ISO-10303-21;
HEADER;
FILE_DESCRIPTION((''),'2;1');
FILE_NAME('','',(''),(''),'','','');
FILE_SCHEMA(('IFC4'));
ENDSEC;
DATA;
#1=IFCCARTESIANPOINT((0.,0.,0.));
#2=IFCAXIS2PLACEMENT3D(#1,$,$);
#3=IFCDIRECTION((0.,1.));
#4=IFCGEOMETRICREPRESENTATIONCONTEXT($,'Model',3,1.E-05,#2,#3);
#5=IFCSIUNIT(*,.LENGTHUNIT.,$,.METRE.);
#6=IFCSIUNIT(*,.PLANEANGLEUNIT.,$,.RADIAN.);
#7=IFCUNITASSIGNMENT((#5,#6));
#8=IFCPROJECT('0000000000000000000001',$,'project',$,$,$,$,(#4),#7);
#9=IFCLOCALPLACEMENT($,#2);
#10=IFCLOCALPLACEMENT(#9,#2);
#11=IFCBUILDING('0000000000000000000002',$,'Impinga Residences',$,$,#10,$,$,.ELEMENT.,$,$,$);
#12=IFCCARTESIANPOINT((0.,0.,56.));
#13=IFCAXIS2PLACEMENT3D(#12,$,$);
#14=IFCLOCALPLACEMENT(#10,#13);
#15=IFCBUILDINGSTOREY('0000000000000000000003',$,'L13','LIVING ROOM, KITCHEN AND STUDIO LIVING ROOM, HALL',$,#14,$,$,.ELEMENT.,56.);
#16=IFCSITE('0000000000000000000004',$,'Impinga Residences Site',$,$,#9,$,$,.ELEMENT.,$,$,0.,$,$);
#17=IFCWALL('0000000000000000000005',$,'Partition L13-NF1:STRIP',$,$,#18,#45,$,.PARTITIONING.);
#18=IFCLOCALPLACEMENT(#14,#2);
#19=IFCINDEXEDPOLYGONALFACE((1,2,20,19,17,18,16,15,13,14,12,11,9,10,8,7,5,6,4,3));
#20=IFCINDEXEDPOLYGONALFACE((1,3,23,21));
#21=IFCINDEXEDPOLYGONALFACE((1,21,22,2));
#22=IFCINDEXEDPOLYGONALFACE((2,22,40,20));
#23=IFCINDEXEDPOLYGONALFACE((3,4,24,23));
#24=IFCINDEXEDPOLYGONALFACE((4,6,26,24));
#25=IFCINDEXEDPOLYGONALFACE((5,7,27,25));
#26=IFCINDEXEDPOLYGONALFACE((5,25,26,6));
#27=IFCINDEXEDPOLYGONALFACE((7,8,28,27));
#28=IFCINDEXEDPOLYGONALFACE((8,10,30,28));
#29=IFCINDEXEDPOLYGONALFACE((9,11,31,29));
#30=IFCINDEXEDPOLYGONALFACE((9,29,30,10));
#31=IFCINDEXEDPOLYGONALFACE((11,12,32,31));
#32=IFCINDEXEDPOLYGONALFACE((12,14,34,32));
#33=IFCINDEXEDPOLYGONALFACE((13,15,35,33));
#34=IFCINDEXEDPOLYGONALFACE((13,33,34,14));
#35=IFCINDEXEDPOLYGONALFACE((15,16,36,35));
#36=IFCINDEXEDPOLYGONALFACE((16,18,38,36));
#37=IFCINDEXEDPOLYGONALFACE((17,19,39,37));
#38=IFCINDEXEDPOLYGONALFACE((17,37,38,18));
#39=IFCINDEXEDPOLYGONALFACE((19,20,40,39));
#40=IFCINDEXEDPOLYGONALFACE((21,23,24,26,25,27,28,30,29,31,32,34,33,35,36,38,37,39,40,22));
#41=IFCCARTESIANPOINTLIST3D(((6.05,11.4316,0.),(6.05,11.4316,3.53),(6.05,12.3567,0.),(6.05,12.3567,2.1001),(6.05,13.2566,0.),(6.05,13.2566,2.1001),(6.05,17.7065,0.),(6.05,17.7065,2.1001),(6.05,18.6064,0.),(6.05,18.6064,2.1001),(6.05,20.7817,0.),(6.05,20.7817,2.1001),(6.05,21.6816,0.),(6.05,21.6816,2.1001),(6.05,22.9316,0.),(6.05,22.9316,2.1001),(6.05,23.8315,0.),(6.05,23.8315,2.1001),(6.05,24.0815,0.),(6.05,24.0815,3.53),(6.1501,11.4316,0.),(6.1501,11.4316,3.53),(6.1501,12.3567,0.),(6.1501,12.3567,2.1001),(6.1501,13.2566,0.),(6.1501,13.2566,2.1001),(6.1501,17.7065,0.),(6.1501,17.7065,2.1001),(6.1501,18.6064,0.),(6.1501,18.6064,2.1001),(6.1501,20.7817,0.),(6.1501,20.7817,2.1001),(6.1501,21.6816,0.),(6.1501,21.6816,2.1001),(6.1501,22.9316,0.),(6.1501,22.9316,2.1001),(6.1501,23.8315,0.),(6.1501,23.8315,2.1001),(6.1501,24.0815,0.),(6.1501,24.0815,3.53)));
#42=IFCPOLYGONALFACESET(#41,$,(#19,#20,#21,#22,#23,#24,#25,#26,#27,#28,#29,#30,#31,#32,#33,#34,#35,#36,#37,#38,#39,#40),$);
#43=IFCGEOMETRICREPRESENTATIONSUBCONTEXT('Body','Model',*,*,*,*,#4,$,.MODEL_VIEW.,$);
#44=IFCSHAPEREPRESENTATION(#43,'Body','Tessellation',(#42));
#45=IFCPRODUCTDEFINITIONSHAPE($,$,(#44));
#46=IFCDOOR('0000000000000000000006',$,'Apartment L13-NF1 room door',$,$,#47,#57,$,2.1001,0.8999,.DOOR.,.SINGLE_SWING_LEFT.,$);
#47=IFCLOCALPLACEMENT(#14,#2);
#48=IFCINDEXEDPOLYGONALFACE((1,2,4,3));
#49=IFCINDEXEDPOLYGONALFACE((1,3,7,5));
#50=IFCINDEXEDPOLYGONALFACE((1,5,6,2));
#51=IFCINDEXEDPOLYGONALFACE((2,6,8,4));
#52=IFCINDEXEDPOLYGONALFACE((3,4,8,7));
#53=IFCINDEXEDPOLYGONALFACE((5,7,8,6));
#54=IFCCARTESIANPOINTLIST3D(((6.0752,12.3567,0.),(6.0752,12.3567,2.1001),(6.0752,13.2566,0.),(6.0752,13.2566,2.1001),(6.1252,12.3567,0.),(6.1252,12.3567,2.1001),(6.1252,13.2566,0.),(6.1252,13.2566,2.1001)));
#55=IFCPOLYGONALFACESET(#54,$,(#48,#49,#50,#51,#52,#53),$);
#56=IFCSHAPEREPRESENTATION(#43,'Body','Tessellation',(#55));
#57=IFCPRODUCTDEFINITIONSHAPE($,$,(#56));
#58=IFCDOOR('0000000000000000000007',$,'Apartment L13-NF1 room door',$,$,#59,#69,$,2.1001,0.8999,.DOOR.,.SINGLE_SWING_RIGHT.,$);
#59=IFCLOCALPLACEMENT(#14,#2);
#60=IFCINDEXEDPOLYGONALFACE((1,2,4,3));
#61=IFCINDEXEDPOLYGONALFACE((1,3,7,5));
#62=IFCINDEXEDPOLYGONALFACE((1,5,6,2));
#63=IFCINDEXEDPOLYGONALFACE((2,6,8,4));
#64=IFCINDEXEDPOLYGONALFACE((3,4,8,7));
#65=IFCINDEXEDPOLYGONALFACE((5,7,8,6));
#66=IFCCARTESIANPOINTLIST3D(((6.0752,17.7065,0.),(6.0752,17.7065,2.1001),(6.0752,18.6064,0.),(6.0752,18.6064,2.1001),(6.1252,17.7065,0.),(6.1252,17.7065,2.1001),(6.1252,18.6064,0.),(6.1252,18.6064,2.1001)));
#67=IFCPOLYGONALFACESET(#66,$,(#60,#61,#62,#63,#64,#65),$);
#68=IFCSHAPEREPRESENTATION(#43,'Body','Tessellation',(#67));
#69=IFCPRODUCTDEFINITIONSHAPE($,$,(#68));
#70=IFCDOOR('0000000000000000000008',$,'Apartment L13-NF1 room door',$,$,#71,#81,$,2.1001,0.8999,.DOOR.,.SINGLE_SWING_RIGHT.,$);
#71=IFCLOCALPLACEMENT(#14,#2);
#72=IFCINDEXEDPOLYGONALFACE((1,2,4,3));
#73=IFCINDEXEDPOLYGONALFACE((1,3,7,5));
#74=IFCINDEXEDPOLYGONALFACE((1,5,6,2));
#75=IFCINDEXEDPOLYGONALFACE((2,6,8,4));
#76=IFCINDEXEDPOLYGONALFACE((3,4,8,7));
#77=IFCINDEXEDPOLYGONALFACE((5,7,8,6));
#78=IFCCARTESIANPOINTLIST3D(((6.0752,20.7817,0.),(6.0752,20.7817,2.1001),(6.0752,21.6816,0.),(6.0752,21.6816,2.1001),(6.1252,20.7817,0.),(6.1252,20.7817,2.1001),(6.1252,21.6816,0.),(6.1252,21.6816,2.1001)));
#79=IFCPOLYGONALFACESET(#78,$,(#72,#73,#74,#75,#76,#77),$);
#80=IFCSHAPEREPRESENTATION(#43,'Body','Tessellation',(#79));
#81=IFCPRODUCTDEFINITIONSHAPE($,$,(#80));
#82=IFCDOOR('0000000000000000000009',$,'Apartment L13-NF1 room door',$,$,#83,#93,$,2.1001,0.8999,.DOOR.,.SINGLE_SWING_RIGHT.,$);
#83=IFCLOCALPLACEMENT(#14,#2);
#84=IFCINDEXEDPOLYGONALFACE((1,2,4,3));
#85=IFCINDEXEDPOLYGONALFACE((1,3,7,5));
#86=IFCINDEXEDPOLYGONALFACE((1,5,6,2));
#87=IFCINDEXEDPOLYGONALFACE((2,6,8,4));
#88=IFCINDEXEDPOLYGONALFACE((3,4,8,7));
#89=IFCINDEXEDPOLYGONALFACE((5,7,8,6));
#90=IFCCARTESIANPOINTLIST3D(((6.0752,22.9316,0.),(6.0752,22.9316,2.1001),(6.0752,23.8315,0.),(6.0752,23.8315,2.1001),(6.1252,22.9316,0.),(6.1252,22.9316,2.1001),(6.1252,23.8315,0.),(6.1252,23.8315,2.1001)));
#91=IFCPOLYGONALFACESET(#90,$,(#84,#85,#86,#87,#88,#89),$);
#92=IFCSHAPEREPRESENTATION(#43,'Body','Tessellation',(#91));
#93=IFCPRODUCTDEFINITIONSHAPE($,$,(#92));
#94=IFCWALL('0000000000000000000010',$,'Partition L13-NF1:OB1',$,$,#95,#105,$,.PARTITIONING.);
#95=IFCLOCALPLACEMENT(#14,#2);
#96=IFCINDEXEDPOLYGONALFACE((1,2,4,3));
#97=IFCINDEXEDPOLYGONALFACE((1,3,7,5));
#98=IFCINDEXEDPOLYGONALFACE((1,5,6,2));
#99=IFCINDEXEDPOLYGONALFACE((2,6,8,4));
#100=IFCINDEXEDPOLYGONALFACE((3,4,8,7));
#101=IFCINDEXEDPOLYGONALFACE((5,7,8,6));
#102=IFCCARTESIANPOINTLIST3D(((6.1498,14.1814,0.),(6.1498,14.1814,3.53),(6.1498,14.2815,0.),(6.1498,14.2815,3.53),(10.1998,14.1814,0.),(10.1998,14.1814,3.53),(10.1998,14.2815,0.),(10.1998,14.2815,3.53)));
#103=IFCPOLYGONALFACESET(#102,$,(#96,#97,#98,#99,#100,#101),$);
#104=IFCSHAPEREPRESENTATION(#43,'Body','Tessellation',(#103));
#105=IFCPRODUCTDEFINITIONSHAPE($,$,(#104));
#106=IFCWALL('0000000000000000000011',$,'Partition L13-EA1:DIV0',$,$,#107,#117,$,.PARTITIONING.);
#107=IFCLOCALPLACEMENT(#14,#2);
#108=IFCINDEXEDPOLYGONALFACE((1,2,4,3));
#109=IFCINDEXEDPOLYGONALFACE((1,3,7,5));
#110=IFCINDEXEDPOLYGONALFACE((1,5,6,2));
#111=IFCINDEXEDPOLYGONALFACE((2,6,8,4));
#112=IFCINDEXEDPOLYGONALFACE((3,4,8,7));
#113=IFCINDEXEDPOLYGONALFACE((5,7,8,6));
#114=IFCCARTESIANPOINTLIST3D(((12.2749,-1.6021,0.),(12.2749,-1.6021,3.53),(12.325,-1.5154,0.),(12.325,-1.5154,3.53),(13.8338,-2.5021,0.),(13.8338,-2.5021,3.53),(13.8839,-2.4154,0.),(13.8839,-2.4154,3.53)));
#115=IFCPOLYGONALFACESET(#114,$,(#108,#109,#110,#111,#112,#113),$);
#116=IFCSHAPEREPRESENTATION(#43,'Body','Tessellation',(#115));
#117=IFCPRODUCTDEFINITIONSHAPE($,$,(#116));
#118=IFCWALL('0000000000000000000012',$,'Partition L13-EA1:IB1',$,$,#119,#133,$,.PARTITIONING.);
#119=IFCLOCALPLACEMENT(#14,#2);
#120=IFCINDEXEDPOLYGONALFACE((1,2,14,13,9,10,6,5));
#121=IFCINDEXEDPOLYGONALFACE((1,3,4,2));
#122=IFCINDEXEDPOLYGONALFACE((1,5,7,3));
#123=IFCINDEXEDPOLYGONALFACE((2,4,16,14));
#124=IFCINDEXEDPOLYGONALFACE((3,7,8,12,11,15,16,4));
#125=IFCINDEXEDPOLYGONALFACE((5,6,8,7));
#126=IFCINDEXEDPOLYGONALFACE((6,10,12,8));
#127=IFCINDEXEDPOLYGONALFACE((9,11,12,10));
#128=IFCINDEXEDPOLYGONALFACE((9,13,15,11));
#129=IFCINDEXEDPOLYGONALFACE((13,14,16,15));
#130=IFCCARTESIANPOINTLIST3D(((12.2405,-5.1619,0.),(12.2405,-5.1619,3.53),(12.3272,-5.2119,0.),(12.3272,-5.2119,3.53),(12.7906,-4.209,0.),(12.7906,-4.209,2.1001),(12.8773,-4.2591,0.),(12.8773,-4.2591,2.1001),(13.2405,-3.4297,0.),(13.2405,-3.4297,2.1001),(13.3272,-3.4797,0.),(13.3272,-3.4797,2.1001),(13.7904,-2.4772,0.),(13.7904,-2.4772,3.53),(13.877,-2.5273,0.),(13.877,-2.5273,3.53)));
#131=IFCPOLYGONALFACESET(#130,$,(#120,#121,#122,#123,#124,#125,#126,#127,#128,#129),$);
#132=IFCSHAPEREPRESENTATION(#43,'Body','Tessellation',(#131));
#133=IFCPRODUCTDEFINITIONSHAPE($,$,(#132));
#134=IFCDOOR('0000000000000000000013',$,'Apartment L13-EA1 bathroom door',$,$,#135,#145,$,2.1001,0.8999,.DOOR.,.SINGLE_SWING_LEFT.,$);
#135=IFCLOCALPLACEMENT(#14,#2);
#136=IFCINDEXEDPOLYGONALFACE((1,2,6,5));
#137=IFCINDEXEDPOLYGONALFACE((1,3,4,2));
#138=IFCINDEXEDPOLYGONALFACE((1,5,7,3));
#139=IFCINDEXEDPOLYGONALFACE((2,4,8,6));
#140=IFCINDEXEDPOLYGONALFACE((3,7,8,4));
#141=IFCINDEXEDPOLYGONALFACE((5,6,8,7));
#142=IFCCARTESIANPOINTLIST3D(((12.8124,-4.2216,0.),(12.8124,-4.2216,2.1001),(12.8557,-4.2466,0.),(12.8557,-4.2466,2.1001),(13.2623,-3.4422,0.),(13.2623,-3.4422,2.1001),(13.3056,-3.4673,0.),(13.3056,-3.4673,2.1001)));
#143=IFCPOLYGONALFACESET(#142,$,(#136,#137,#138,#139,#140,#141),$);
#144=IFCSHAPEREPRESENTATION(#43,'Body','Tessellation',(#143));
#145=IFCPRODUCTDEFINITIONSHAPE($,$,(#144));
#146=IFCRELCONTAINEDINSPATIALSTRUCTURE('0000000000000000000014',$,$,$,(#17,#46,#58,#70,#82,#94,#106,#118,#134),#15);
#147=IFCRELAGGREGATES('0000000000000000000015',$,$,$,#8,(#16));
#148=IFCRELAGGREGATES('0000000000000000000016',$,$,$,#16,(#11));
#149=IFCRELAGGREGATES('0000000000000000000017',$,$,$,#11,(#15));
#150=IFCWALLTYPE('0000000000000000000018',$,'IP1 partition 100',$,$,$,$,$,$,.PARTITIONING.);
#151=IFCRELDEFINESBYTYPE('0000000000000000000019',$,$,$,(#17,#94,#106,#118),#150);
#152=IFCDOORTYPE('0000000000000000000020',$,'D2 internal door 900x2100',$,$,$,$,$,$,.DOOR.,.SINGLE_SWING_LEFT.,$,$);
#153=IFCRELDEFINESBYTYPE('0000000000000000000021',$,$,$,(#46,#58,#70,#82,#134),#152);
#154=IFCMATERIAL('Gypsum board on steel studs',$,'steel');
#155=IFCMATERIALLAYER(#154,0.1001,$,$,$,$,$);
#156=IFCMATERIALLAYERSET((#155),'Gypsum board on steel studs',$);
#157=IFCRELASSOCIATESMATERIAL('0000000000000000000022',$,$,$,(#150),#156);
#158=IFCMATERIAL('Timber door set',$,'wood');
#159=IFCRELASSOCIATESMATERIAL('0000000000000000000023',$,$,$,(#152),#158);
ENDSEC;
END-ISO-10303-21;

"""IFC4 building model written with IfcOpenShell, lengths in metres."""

from ifc_helpers import new_model, si_unit, direction, frame, frame_2d, origin, place, context, subcontext, project, spatial, rectangle, extrude, material, layer, layer_set, type_object, element, fill, save


model = new_model("IFC4")

# Units and contexts
model_context = context("Model", 3, precision=1e-05, world=origin(), true_north=direction((0.0, 1.0)))
body_context = subcontext(model_context, "Body", "Model", "MODEL_VIEW")
ifc_project = project(units=[si_unit("LENGTHUNIT", "METRE"), si_unit("PLANEANGLEUNIT", "RADIAN")], contexts=[model_context])

# Site, building, storey
site_placement = place(None, origin())
site = spatial("IfcSite", under=ifc_project, at=site_placement, Name="Impinga Residences Site", CompositionType="ELEMENT", RefElevation=0.0)
building_placement = place(site_placement, origin())
building = spatial("IfcBuilding", under=site, at=building_placement, Name="Impinga Residences", CompositionType="ELEMENT")
storey_placement = place(building_placement, frame((0.0, 0.0, 56.0)))
storey = spatial("IfcBuildingStorey", under=building, at=storey_placement, Name="L13", Description="LIVING ROOM, KITCHEN AND STUDIO LIVING ROOM, HALL", CompositionType="ELEMENT", Elevation=56.0)

# Shared definitions
ifc_material_1 = material(Name="Timber door set", Category="wood")

# Wall, openings, doors
ifc_material_2 = material(Name="Gypsum board on steel studs", Category="steel")
ifc_layer_1 = layer(ifc_material_2, 0.1001)
ifc_layer_set_1 = layer_set([ifc_layer_1], Name="Gypsum board on steel studs")
wall_type_1 = type_object("IfcWallType", Name="IP1 partition 100", PredefinedType="PARTITIONING", material=ifc_layer_set_1)
wall_1_placement = place(storey_placement, frame((6.1001, 11.4316, 0.0), z_axis=(0.0, 0.0, 1.0), x_axis=(0.0, 1.0, 0.0)))
wall_1 = element("IfcWall", 1, at=wall_1_placement, inside=storey, type_object=wall_type_1, Name="Partition L13-NF1:STRIP", PredefinedType="PARTITIONING", context=body_context, shape_type="SweptSolid", body=[
    extrude(rectangle(XDim=12.6499, YDim=0.1001, at=frame_2d((6.325, 0.0))), origin(), (0.0, 0.0, 1.0), 3.53),
])
opening_1_placement = place(wall_1_placement, frame((0.925, 0.0, 0.0)))
opening_1 = element("IfcOpeningElement", 2, at=opening_1_placement, cuts=wall_1, PredefinedType="OPENING", context=body_context, shape_type="SweptSolid", body=[
    extrude(rectangle(XDim=0.8999, YDim=2.1001, at=frame_2d((0.45, 1.05))), frame((0.0, 0.0601, 0.0), z_axis=(0.0, -1.0, 0.0), x_axis=(1.0, 0.0, 0.0)), (0.0, 0.0, 1.0), 0.1201),
])
opening_2_placement = place(wall_1_placement, frame((6.2749, 0.0, 0.0)))
opening_2 = element("IfcOpeningElement", 3, at=opening_2_placement, cuts=wall_1, PredefinedType="OPENING", context=body_context, shape_type="SweptSolid", body=[
    extrude(rectangle(XDim=0.8999, YDim=2.1001, at=frame_2d((0.45, 1.05))), frame((0.0, 0.0601, 0.0), z_axis=(0.0, -1.0, 0.0), x_axis=(1.0, 0.0, 0.0)), (0.0, 0.0, 1.0), 0.1201),
])
opening_3_placement = place(wall_1_placement, frame((9.3501, 0.0, 0.0)))
opening_3 = element("IfcOpeningElement", 4, at=opening_3_placement, cuts=wall_1, PredefinedType="OPENING", context=body_context, shape_type="SweptSolid", body=[
    extrude(rectangle(XDim=0.8999, YDim=2.1001, at=frame_2d((0.45, 1.05))), frame((0.0, 0.0601, 0.0), z_axis=(0.0, -1.0, 0.0), x_axis=(1.0, 0.0, 0.0)), (0.0, 0.0, 1.0), 0.1201),
])
opening_4_placement = place(wall_1_placement, frame((11.5, 0.0, 0.0)))
opening_4 = element("IfcOpeningElement", 5, at=opening_4_placement, cuts=wall_1, PredefinedType="OPENING", context=body_context, shape_type="SweptSolid", body=[
    extrude(rectangle(XDim=0.8999, YDim=2.1001, at=frame_2d((0.45, 1.05))), frame((0.0, 0.0601, 0.0), z_axis=(0.0, -1.0, 0.0), x_axis=(1.0, 0.0, 0.0)), (0.0, 0.0, 1.0), 0.1201),
])
door_type_1 = type_object("IfcDoorType", Name="D2 internal door 900x2100", OperationType="SINGLE_SWING_LEFT", PredefinedType="DOOR", material=ifc_material_1)
door_1_placement = place(opening_1_placement, origin())
door_1 = element("IfcDoor", 6, at=door_1_placement, inside=storey, type_object=door_type_1, Name="Apartment L13-NF1 room door", OperationType="SINGLE_SWING_LEFT", OverallHeight=2.1001, OverallWidth=0.8999, PredefinedType="DOOR", context=body_context, shape_type="SweptSolid", body=[
    extrude(rectangle(XDim=0.8999, YDim=2.1001, at=frame_2d((0.45, 1.05))), frame((0.0, 0.0249, 0.0), z_axis=(0.0, -1.0, 0.0), x_axis=(1.0, 0.0, 0.0)), (0.0, 0.0, 1.0), 0.05),
])
fill(opening_1, door_1)
door_2_placement = place(opening_2_placement, origin())
door_2 = element("IfcDoor", 7, at=door_2_placement, inside=storey, type_object=door_type_1, Name="Apartment L13-NF1 room door", OperationType="SINGLE_SWING_RIGHT", OverallHeight=2.1001, OverallWidth=0.8999, PredefinedType="DOOR", context=body_context, shape_type="SweptSolid", body=[
    extrude(rectangle(XDim=0.8999, YDim=2.1001, at=frame_2d((0.45, 1.05))), frame((0.0, 0.0249, 0.0), z_axis=(0.0, -1.0, 0.0), x_axis=(1.0, 0.0, 0.0)), (0.0, 0.0, 1.0), 0.05),
])
fill(opening_2, door_2)
door_3_placement = place(opening_3_placement, origin())
door_3 = element("IfcDoor", 8, at=door_3_placement, inside=storey, type_object=door_type_1, Name="Apartment L13-NF1 room door", OperationType="SINGLE_SWING_RIGHT", OverallHeight=2.1001, OverallWidth=0.8999, PredefinedType="DOOR", context=body_context, shape_type="SweptSolid", body=[
    extrude(rectangle(XDim=0.8999, YDim=2.1001, at=frame_2d((0.45, 1.05))), frame((0.0, 0.0249, 0.0), z_axis=(0.0, -1.0, 0.0), x_axis=(1.0, 0.0, 0.0)), (0.0, 0.0, 1.0), 0.05),
])
fill(opening_3, door_3)
door_4_placement = place(opening_4_placement, origin())
door_4 = element("IfcDoor", 9, at=door_4_placement, inside=storey, type_object=door_type_1, Name="Apartment L13-NF1 room door", OperationType="SINGLE_SWING_RIGHT", OverallHeight=2.1001, OverallWidth=0.8999, PredefinedType="DOOR", context=body_context, shape_type="SweptSolid", body=[
    extrude(rectangle(XDim=0.8999, YDim=2.1001, at=frame_2d((0.45, 1.05))), frame((0.0, 0.0249, 0.0), z_axis=(0.0, -1.0, 0.0), x_axis=(1.0, 0.0, 0.0)), (0.0, 0.0, 1.0), 0.05),
])
fill(opening_4, door_4)

# Walls
wall_2_placement = place(storey_placement, frame((6.1499, 14.2314, 0.0), z_axis=(0.0, 0.0, 1.0), x_axis=(1.0, 0.0, 0.0)))
element("IfcWall", 10, at=wall_2_placement, inside=storey, type_object=wall_type_1, Name="Partition L13-NF1:OB1", PredefinedType="PARTITIONING", context=body_context, shape_type="SweptSolid", body=[
    extrude(rectangle(XDim=4.05, YDim=0.1001, at=frame_2d((2.0249, 0.0))), origin(), (0.0, 0.0, 1.0), 3.53),
])
wall_3_placement = place(storey_placement, frame((12.3, -1.5588, 0.0), z_axis=(0.0, 0.0, 1.0), x_axis=(0.866048, -0.499961, 0.0)))
element("IfcWall", 11, at=wall_3_placement, inside=storey, type_object=wall_type_1, Name="Partition L13-EA1:DIV0", PredefinedType="PARTITIONING", context=body_context, shape_type="SweptSolid", body=[
    extrude(rectangle(XDim=1.8, YDim=0.1001, at=frame_2d((0.8999, 0.0))), origin(), (0.0, 0.0, 1.0), 3.53),
])

# Wall, opening, door
wall_4_placement = place(storey_placement, frame((12.2839, -5.1868, 0.0), z_axis=(0.0, 0.0, 1.0), x_axis=(0.499968, 0.866044, 0.0)))
wall_4 = element("IfcWall", 12, at=wall_4_placement, inside=storey, type_object=wall_type_1, Name="Partition L13-EA1:IB1", PredefinedType="PARTITIONING", context=body_context, shape_type="SweptSolid", body=[
    extrude(rectangle(XDim=3.0999, YDim=0.1001, at=frame_2d((1.5498, 0.0))), origin(), (0.0, 0.0, 1.0), 3.53),
])
opening_5_placement = place(wall_4_placement, frame((1.1001, 0.0, 0.0)))
opening_5 = element("IfcOpeningElement", 13, at=opening_5_placement, cuts=wall_4, PredefinedType="OPENING", context=body_context, shape_type="SweptSolid", body=[
    extrude(rectangle(XDim=0.8999, YDim=2.1001, at=frame_2d((0.45, 1.05))), frame((0.0, 0.0601, 0.0), z_axis=(0.0, -1.0, 0.0), x_axis=(1.0, 0.0, 0.0)), (0.0, 0.0, 1.0), 0.1201),
])
door_5_placement = place(opening_5_placement, origin())
door_5 = element("IfcDoor", 14, at=door_5_placement, inside=storey, type_object=door_type_1, Name="Apartment L13-EA1 bathroom door", OperationType="SINGLE_SWING_LEFT", OverallHeight=2.1001, OverallWidth=0.8999, PredefinedType="DOOR", context=body_context, shape_type="SweptSolid", body=[
    extrude(rectangle(XDim=0.8999, YDim=2.1001, at=frame_2d((0.45, 1.05))), frame((0.0, 0.0249, 0.0), z_axis=(0.0, -1.0, 0.0), x_axis=(1.0, 0.0, 0.0)), (0.0, 0.0, 1.0), 0.05),
])
fill(opening_5, door_5)

save(model, "model.ifc")
